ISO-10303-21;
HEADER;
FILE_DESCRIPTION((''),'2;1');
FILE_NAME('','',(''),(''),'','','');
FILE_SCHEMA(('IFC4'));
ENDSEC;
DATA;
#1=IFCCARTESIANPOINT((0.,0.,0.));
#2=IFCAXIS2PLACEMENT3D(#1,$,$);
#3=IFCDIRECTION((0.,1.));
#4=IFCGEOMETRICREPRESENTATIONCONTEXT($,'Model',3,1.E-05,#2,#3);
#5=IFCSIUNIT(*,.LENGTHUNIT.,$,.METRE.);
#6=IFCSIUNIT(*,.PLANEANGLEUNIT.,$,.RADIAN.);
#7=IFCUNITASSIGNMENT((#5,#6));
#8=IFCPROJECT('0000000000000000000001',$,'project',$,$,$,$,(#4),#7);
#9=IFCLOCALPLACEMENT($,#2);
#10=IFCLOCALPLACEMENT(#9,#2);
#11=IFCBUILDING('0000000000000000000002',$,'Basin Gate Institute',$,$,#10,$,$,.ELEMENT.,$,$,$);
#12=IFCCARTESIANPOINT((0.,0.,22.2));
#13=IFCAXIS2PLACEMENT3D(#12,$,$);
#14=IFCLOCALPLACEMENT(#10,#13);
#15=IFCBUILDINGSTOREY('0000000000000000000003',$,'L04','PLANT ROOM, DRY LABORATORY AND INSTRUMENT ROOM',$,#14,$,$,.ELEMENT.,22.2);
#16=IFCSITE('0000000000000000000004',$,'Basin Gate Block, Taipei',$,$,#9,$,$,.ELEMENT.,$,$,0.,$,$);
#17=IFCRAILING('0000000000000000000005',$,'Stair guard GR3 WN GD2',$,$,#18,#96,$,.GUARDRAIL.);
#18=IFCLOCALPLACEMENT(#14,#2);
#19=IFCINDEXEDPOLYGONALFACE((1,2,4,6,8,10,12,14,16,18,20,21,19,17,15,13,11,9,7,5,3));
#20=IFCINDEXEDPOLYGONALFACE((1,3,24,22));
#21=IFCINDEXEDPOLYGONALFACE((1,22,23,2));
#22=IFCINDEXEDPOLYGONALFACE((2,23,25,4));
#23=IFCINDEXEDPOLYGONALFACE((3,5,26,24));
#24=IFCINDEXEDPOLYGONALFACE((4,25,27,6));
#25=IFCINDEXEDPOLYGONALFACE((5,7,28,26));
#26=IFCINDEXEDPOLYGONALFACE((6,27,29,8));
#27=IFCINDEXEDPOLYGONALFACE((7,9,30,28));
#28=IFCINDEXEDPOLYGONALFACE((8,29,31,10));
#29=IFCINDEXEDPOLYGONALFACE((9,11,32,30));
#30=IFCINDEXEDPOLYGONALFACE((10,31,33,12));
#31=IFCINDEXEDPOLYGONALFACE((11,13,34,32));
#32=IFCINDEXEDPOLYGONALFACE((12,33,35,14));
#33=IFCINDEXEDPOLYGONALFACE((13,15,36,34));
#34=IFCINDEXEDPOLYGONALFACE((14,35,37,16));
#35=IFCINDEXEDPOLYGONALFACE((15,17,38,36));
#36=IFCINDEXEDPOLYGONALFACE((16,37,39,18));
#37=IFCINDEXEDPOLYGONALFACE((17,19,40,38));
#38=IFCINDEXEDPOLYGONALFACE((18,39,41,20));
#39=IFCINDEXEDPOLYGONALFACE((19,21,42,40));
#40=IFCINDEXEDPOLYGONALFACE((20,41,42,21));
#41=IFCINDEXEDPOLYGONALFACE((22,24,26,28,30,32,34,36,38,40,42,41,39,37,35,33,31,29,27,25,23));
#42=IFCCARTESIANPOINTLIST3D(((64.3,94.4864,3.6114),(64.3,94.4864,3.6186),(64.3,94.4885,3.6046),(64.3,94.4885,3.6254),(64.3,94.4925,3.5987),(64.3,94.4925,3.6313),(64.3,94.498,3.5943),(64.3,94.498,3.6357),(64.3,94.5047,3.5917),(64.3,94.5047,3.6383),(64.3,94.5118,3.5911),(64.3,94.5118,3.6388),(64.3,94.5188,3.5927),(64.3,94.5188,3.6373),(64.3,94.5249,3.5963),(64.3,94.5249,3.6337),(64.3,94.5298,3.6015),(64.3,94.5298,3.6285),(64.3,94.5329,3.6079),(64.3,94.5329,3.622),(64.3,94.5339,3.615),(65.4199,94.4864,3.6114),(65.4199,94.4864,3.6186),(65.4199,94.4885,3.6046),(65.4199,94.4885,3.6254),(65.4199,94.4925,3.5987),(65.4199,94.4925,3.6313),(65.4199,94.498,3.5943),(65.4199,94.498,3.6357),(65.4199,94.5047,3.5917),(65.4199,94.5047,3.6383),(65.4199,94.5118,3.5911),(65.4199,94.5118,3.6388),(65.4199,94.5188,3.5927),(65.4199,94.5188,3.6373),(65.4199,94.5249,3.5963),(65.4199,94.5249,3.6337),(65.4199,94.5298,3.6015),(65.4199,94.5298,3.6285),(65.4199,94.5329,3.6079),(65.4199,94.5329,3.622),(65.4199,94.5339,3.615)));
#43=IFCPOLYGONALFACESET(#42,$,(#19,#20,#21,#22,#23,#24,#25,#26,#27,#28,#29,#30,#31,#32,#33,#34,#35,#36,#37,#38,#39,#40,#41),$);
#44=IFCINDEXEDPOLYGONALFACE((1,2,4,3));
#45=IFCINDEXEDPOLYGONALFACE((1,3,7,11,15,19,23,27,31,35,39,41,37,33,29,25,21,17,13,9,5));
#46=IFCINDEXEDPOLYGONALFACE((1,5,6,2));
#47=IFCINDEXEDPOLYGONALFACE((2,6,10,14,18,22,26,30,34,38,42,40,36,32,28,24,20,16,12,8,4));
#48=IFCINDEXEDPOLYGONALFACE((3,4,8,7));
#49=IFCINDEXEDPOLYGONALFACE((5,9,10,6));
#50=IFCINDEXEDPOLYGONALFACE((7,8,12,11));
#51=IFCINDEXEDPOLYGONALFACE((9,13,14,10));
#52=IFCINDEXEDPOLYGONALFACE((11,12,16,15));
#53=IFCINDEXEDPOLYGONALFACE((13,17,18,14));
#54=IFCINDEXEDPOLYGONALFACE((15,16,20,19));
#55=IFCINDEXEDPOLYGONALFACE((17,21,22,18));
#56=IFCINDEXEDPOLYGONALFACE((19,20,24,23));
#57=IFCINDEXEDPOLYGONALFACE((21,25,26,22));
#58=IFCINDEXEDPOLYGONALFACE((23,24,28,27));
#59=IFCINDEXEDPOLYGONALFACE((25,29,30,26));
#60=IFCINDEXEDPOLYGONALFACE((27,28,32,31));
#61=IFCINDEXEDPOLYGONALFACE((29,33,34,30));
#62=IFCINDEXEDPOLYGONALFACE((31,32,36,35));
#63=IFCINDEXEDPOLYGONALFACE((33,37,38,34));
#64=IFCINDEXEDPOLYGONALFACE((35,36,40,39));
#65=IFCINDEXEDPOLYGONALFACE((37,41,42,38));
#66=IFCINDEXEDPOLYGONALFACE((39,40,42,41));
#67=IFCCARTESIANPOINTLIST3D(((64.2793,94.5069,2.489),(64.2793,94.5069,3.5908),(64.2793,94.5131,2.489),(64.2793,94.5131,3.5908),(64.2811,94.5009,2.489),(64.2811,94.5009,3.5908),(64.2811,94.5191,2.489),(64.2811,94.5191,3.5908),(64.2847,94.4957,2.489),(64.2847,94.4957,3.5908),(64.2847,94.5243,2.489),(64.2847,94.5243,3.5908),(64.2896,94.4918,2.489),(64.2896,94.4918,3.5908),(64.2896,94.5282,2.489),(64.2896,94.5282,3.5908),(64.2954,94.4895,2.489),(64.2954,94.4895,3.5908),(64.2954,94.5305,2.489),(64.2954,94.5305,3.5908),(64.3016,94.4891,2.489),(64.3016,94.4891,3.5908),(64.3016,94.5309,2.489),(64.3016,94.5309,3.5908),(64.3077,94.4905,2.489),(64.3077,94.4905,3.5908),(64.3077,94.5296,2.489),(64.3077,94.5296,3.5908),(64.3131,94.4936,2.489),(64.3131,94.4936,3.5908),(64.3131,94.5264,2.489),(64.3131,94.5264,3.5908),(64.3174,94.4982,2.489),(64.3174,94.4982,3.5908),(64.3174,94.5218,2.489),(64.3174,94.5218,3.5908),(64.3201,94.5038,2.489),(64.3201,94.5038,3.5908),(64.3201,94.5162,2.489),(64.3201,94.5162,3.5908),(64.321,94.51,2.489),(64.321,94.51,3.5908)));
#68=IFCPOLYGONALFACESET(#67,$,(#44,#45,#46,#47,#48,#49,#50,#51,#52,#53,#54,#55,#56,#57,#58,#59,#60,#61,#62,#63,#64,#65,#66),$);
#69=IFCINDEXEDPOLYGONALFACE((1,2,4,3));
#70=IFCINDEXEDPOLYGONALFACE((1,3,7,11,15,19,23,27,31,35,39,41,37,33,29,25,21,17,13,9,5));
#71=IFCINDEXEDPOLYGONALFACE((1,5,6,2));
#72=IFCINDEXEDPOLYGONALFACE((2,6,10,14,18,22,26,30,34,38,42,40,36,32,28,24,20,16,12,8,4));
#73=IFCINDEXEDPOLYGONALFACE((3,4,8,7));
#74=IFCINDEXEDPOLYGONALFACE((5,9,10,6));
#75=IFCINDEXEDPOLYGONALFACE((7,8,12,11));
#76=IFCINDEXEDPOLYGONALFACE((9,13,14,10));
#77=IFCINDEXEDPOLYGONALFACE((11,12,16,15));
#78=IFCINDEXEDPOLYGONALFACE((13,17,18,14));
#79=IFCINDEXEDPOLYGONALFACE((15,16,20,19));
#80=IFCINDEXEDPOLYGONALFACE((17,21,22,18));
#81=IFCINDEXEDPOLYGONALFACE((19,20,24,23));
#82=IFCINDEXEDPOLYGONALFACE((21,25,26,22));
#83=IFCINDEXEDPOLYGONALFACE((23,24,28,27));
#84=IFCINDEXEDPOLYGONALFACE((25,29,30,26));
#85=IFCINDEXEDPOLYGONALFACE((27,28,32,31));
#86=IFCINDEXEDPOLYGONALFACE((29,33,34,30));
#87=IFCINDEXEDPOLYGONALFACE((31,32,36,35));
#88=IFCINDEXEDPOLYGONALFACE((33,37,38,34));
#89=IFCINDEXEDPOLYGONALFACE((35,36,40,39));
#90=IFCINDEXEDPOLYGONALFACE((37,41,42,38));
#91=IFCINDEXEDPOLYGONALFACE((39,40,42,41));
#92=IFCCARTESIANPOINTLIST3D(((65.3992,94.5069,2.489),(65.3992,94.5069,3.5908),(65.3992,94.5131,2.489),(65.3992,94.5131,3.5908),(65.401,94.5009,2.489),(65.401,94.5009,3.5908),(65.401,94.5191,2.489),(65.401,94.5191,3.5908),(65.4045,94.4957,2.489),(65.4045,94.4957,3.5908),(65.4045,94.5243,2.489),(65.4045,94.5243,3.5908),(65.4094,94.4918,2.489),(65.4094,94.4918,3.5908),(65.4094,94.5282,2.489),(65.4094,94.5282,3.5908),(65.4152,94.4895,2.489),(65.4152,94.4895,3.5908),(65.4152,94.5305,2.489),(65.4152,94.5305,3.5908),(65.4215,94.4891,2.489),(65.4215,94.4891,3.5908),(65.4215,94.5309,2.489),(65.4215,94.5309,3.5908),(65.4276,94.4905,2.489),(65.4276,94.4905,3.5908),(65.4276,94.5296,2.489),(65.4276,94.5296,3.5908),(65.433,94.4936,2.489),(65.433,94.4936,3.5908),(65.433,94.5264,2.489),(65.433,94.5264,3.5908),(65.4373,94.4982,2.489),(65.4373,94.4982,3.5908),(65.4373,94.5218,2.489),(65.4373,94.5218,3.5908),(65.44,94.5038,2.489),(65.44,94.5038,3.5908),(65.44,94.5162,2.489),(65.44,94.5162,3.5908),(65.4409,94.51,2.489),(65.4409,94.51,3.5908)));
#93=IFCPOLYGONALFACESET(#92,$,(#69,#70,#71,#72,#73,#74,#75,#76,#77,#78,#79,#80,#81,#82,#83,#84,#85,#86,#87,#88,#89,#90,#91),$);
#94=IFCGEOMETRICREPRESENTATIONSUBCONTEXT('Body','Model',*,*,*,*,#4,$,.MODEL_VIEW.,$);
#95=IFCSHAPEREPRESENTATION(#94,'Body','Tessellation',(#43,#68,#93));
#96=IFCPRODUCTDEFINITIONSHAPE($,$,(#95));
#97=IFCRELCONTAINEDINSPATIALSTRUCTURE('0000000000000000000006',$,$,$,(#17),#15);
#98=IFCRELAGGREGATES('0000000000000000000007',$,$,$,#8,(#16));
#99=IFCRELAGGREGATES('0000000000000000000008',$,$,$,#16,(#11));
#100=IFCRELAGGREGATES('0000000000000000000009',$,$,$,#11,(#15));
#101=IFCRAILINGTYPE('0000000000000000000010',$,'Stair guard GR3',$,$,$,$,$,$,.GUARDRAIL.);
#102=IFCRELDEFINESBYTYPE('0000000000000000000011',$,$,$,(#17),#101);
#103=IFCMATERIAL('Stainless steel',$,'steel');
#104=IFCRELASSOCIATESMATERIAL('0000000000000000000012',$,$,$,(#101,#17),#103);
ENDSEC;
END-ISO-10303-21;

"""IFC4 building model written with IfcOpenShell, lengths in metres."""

from ifc_helpers import new_model, si_unit, direction, frame, origin, origin_2d, place, context, subcontext, project, spatial, circle, extrude, material, type_object, element, save


model = new_model("IFC4")

# Units and contexts
model_context = context("Model", 3, precision=1e-05, world=origin(), true_north=direction((0.0, 1.0)))
body_context = subcontext(model_context, "Body", "Model", "MODEL_VIEW")
ifc_project = project(units=[si_unit("LENGTHUNIT", "METRE"), si_unit("PLANEANGLEUNIT", "RADIAN")], contexts=[model_context])

# Site, building, storey
site_placement = place(None, origin())
site = spatial("IfcSite", under=ifc_project, at=site_placement, Name="Basin Gate Block, Taipei", CompositionType="ELEMENT", RefElevation=0.0)
building_placement = place(site_placement, origin())
building = spatial("IfcBuilding", under=site, at=building_placement, Name="Basin Gate Institute", CompositionType="ELEMENT")
storey_placement = place(building_placement, frame((0.0, 0.0, 22.2)))
storey = spatial("IfcBuildingStorey", under=building, at=storey_placement, Name="L04", Description="PLANT ROOM, DRY LABORATORY AND INSTRUMENT ROOM", CompositionType="ELEMENT", Elevation=22.2)

# Railing
ifc_material_1 = material(Name="Stainless steel", Category="steel")
railing_type_1 = type_object("IfcRailingType", Name="Stair guard GR3", PredefinedType="GUARDRAIL", material=ifc_material_1)
railing_1_placement = place(storey_placement, frame((64.3, 94.51, 2.489)))
element("IfcRailing", 1, at=railing_1_placement, inside=storey, type_object=railing_type_1, material=ifc_material_1, Name="Stair guard GR3 WN GD2", PredefinedType="GUARDRAIL", context=body_context, shape_type="SweptSolid", body=[
    extrude(circle(Radius=0.0239, at=origin_2d()), frame((0.0, 0.0, 1.126), z_axis=(1.0, 0.0, 0.0), x_axis=(0.0, 1.0, 0.0)), (0.0, 0.0, 1.0), 1.1199),
    extrude(circle(Radius=0.021, at=origin_2d()), origin(), (0.0, 0.0, 1.0), 1.1018),
    extrude(circle(Radius=0.021, at=origin_2d()), frame((1.1199, 0.0, 0.0)), (0.0, 0.0, 1.0), 1.1018),
])

save(model, "model.ifc")
